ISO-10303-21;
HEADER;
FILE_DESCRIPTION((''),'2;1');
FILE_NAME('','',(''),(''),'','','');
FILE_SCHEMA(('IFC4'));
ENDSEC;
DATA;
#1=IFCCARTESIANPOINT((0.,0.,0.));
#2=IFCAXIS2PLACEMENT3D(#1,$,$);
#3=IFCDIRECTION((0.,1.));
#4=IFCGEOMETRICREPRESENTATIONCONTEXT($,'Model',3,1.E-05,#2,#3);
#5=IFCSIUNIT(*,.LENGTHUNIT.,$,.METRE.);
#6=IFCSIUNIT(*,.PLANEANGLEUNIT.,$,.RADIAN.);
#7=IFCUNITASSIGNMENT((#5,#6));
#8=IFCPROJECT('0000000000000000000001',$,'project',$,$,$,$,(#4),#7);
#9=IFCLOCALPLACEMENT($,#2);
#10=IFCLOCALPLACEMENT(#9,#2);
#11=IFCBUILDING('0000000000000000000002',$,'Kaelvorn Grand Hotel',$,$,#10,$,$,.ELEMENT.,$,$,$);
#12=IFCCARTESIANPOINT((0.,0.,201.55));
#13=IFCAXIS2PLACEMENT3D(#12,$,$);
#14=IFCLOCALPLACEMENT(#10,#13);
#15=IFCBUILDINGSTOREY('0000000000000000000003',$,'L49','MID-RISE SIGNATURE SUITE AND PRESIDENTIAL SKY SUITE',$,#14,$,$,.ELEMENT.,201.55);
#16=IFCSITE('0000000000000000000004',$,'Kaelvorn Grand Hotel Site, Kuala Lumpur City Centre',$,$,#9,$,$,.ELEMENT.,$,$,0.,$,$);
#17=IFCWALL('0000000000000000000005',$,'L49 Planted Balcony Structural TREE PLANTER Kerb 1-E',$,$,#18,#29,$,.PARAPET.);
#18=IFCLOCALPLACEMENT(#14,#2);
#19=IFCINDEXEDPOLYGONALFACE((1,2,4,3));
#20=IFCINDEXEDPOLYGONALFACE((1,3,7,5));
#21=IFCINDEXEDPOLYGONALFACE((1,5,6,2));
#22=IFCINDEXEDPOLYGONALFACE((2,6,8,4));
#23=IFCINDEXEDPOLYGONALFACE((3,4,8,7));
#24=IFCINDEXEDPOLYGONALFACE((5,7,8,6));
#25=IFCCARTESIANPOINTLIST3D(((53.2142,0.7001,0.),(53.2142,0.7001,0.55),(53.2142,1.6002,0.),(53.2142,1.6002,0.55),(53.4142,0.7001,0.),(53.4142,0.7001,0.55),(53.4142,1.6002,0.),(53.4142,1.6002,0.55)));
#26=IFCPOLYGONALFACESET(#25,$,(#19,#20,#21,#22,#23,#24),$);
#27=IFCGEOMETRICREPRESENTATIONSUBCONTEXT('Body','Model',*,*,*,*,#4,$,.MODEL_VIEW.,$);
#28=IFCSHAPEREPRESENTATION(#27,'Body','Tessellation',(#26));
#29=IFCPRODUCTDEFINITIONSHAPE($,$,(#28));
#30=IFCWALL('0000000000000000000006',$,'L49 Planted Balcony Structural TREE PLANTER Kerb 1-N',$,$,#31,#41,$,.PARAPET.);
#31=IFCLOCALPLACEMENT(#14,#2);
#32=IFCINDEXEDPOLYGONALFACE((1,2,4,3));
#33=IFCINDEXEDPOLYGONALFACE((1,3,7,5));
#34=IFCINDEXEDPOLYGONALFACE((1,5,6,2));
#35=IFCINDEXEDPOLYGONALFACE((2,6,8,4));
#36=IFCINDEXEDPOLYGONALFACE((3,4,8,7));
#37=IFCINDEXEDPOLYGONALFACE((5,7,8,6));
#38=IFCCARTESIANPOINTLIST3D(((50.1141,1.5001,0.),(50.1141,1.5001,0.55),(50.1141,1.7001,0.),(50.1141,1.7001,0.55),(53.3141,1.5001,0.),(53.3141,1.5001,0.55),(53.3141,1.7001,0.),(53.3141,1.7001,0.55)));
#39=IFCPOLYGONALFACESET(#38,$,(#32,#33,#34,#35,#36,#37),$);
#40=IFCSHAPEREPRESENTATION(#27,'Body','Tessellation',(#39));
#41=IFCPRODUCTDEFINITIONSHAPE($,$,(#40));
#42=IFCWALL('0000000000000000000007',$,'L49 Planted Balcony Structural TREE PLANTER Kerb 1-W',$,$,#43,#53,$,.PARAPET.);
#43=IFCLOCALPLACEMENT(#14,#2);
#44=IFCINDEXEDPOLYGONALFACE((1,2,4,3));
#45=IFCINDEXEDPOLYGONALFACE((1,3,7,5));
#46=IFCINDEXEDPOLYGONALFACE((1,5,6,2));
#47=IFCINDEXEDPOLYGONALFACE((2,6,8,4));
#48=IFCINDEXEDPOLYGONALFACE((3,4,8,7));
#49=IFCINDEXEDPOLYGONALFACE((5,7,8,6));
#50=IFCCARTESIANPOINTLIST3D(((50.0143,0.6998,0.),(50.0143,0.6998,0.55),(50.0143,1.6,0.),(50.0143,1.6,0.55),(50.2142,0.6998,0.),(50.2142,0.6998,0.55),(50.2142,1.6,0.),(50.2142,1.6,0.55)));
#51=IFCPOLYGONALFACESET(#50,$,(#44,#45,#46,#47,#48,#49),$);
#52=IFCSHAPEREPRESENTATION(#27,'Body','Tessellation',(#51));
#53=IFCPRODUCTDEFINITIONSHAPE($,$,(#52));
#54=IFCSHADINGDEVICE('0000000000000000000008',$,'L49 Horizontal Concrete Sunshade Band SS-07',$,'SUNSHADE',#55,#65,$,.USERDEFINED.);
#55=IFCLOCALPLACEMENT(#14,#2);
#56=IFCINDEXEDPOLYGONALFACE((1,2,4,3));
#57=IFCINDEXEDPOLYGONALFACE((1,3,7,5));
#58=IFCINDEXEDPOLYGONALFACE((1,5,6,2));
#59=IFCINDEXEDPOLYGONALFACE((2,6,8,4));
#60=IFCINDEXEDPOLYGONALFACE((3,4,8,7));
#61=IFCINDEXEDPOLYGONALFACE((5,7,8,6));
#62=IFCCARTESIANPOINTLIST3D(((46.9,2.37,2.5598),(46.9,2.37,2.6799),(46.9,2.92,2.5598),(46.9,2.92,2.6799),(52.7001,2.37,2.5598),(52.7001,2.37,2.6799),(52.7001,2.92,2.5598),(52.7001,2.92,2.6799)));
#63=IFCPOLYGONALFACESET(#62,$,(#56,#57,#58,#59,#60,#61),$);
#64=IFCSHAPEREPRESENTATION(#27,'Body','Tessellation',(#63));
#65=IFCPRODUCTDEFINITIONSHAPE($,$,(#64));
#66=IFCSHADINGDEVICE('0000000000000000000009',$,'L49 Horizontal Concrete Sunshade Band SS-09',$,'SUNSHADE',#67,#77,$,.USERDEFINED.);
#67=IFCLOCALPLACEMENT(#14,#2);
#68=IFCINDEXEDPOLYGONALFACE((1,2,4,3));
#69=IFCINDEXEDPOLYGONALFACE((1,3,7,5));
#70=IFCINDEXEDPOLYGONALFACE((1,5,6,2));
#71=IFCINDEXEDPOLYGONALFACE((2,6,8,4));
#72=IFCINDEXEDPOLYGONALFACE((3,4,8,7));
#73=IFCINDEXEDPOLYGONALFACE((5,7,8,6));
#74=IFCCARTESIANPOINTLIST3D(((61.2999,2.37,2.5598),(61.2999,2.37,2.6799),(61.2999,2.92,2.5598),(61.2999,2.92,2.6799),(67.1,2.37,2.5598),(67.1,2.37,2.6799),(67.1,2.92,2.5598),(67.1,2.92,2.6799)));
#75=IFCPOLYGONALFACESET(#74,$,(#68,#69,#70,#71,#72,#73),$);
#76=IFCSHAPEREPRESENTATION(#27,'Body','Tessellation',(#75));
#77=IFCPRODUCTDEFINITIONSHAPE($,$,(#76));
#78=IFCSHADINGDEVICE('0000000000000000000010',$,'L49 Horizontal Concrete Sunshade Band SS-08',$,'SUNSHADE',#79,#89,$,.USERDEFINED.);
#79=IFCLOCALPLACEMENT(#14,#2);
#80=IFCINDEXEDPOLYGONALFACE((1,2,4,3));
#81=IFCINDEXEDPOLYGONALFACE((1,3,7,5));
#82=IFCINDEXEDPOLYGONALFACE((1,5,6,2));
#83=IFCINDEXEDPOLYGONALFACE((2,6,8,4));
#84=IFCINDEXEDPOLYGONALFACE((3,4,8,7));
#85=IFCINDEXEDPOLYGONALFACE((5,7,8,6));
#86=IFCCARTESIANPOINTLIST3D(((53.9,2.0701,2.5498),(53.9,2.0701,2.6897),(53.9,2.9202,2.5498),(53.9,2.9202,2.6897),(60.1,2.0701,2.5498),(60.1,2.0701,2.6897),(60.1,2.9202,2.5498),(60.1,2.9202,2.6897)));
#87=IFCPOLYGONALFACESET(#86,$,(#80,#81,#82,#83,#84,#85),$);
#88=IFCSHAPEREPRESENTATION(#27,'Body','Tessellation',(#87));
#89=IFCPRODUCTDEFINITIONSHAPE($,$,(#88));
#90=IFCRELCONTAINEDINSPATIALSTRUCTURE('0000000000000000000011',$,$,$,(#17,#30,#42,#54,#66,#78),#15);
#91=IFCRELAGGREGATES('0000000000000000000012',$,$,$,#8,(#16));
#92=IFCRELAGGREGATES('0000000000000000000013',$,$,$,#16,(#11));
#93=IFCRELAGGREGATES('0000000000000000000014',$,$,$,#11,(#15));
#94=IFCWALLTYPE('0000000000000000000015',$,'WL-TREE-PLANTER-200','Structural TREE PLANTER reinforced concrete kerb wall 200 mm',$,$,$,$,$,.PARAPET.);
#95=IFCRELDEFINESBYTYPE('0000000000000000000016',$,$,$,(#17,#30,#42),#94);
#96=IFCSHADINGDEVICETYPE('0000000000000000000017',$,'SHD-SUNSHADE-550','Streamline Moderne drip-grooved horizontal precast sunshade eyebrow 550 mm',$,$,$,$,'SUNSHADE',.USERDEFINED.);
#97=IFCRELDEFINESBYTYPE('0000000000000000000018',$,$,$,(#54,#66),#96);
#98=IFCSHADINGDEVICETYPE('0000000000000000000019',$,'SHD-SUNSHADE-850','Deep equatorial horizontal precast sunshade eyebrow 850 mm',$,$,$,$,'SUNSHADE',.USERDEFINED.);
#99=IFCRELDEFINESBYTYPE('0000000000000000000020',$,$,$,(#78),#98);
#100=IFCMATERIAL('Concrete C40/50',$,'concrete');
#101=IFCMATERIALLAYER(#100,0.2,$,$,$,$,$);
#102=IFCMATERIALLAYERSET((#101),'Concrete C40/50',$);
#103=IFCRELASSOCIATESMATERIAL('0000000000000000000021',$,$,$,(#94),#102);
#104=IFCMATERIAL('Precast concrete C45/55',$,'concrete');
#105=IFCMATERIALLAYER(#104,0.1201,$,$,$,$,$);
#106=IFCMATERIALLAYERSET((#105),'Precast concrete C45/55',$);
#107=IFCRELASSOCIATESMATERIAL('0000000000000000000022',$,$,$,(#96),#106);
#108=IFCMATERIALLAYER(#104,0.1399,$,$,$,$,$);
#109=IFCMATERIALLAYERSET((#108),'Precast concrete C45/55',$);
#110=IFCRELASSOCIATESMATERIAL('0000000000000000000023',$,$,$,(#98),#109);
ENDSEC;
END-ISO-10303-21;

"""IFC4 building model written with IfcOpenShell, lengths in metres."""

from ifc_helpers import new_model, si_unit, direction, frame, frame_2d, origin, origin_2d, place, context, subcontext, project, spatial, rectangle, extrude, material, layer, layer_set, type_object, element, save


model = new_model("IFC4")

# Units and contexts
model_context = context("Model", 3, precision=1e-05, world=origin(), true_north=direction((0.0, 1.0)))
body_context = subcontext(model_context, "Body", "Model", "MODEL_VIEW")
ifc_project = project(units=[si_unit("LENGTHUNIT", "METRE"), si_unit("PLANEANGLEUNIT", "RADIAN")], contexts=[model_context])

# Site, building, storey
site_placement = place(None, origin())
site = spatial("IfcSite", under=ifc_project, at=site_placement, Name="Kaelvorn Grand Hotel Site, Kuala Lumpur City Centre", CompositionType="ELEMENT", RefElevation=0.0)
building_placement = place(site_placement, origin())
building = spatial("IfcBuilding", under=site, at=building_placement, Name="Kaelvorn Grand Hotel", CompositionType="ELEMENT")
storey_placement = place(building_placement, frame((0.0, 0.0, 201.55)))
storey = spatial("IfcBuildingStorey", under=building, at=storey_placement, Name="L49", Description="MID-RISE SIGNATURE SUITE AND PRESIDENTIAL SKY SUITE", CompositionType="ELEMENT", Elevation=201.55)

# Shared definitions
ifc_material_1 = material(Name="Concrete C40/50", Category="concrete")

# Walls
ifc_layer_1 = layer(ifc_material_1, 0.2)
ifc_layer_set_1 = layer_set([ifc_layer_1], Name="Concrete C40/50")
wall_type_1 = type_object("IfcWallType", Name="WL-TREE-PLANTER-200", Description="Structural TREE PLANTER reinforced concrete kerb wall 200 mm", PredefinedType="PARAPET", material=ifc_layer_set_1)
wall_1_placement = place(storey_placement, frame((53.3142, 0.7, 0.0), z_axis=(0.0, 0.0, 1.0), x_axis=(0.0, 1.0, 0.0)))
element("IfcWall", 1, at=wall_1_placement, inside=storey, type_object=wall_type_1, Name="L49 Planted Balcony Structural TREE PLANTER Kerb 1-E", PredefinedType="PARAPET", context=body_context, shape_type="SweptSolid", body=[
    extrude(rectangle(XDim=0.9001, YDim=0.2, at=frame_2d((0.4502, 0.0))), origin(), (0.0, 0.0, 1.0), 0.55),
])
wall_2_placement = place(storey_placement, frame((53.3142, 1.6001, 0.0), z_axis=(0.0, 0.0, 1.0), x_axis=(-1.0, 0.0, 0.0)))
element("IfcWall", 2, at=wall_2_placement, inside=storey, type_object=wall_type_1, Name="L49 Planted Balcony Structural TREE PLANTER Kerb 1-N", PredefinedType="PARAPET", context=body_context, shape_type="SweptSolid", body=[
    extrude(rectangle(XDim=3.2, YDim=0.2, at=frame_2d((1.6001, 0.0))), origin(), (0.0, 0.0, 1.0), 0.55),
])
wall_3_placement = place(storey_placement, frame((50.1143, 1.6001, 0.0), z_axis=(0.0, 0.0, 1.0), x_axis=(0.0, -1.0, 0.0)))
element("IfcWall", 3, at=wall_3_placement, inside=storey, type_object=wall_type_1, Name="L49 Planted Balcony Structural TREE PLANTER Kerb 1-W", PredefinedType="PARAPET", context=body_context, shape_type="SweptSolid", body=[
    extrude(rectangle(XDim=0.9001, YDim=0.2, at=frame_2d((0.4502, 0.0))), origin(), (0.0, 0.0, 1.0), 0.55),
])

# Shading devices
ifc_material_2 = material(Name="Precast concrete C45/55", Category="concrete")
ifc_layer_2 = layer(ifc_material_2, 0.1201)
ifc_layer_set_2 = layer_set([ifc_layer_2], Name="Precast concrete C45/55")
shading_device_type_1 = type_object("IfcShadingDeviceType", Name="SHD-SUNSHADE-550", Description="Streamline Moderne drip-grooved horizontal precast sunshade eyebrow 550 mm", ElementType="SUNSHADE", PredefinedType="USERDEFINED", material=ifc_layer_set_2)
for number, where, z_axis, x_axis, name in (
    (4, (49.8, 2.645, 2.5598), (0.0, 0.0, 1.0), (1.0, 0.0, 0.0), "L49 Horizontal Concrete Sunshade Band SS-07"),
    (5, (64.2, 2.645, 2.5598), (0.0, 0.0, 1.0), (1.0, 0.0, 0.0), "L49 Horizontal Concrete Sunshade Band SS-09"),
):
    element("IfcShadingDevice", number, at=place(storey_placement, frame(where, z_axis=z_axis, x_axis=x_axis)), inside=storey, type_object=shading_device_type_1, Name=name, ObjectType="SUNSHADE", PredefinedType="USERDEFINED", context=body_context, shape_type="SweptSolid", body=[
        extrude(rectangle(XDim=5.8, YDim=0.55, at=origin_2d()), origin(), (0.0, 0.0, 1.0), 0.1201),
    ])
ifc_layer_3 = layer(ifc_material_2, 0.1399)
ifc_layer_set_3 = layer_set([ifc_layer_3], Name="Precast concrete C45/55")
shading_device_type_2 = type_object("IfcShadingDeviceType", Name="SHD-SUNSHADE-850", Description="Deep equatorial horizontal precast sunshade eyebrow 850 mm", ElementType="SUNSHADE", PredefinedType="USERDEFINED", material=ifc_layer_set_3)
shading_device_placement = place(storey_placement, frame((57.0, 2.4951, 2.5498), z_axis=(0.0, 0.0, 1.0), x_axis=(1.0, 0.0, 0.0)))
element("IfcShadingDevice", 6, at=shading_device_placement, inside=storey, type_object=shading_device_type_2, Name="L49 Horizontal Concrete Sunshade Band SS-08", ObjectType="SUNSHADE", PredefinedType="USERDEFINED", context=body_context, shape_type="SweptSolid", body=[
    extrude(rectangle(XDim=6.2, YDim=0.8501, at=origin_2d()), origin(), (0.0, 0.0, 1.0), 0.1399),
])

save(model, "model.ifc")
